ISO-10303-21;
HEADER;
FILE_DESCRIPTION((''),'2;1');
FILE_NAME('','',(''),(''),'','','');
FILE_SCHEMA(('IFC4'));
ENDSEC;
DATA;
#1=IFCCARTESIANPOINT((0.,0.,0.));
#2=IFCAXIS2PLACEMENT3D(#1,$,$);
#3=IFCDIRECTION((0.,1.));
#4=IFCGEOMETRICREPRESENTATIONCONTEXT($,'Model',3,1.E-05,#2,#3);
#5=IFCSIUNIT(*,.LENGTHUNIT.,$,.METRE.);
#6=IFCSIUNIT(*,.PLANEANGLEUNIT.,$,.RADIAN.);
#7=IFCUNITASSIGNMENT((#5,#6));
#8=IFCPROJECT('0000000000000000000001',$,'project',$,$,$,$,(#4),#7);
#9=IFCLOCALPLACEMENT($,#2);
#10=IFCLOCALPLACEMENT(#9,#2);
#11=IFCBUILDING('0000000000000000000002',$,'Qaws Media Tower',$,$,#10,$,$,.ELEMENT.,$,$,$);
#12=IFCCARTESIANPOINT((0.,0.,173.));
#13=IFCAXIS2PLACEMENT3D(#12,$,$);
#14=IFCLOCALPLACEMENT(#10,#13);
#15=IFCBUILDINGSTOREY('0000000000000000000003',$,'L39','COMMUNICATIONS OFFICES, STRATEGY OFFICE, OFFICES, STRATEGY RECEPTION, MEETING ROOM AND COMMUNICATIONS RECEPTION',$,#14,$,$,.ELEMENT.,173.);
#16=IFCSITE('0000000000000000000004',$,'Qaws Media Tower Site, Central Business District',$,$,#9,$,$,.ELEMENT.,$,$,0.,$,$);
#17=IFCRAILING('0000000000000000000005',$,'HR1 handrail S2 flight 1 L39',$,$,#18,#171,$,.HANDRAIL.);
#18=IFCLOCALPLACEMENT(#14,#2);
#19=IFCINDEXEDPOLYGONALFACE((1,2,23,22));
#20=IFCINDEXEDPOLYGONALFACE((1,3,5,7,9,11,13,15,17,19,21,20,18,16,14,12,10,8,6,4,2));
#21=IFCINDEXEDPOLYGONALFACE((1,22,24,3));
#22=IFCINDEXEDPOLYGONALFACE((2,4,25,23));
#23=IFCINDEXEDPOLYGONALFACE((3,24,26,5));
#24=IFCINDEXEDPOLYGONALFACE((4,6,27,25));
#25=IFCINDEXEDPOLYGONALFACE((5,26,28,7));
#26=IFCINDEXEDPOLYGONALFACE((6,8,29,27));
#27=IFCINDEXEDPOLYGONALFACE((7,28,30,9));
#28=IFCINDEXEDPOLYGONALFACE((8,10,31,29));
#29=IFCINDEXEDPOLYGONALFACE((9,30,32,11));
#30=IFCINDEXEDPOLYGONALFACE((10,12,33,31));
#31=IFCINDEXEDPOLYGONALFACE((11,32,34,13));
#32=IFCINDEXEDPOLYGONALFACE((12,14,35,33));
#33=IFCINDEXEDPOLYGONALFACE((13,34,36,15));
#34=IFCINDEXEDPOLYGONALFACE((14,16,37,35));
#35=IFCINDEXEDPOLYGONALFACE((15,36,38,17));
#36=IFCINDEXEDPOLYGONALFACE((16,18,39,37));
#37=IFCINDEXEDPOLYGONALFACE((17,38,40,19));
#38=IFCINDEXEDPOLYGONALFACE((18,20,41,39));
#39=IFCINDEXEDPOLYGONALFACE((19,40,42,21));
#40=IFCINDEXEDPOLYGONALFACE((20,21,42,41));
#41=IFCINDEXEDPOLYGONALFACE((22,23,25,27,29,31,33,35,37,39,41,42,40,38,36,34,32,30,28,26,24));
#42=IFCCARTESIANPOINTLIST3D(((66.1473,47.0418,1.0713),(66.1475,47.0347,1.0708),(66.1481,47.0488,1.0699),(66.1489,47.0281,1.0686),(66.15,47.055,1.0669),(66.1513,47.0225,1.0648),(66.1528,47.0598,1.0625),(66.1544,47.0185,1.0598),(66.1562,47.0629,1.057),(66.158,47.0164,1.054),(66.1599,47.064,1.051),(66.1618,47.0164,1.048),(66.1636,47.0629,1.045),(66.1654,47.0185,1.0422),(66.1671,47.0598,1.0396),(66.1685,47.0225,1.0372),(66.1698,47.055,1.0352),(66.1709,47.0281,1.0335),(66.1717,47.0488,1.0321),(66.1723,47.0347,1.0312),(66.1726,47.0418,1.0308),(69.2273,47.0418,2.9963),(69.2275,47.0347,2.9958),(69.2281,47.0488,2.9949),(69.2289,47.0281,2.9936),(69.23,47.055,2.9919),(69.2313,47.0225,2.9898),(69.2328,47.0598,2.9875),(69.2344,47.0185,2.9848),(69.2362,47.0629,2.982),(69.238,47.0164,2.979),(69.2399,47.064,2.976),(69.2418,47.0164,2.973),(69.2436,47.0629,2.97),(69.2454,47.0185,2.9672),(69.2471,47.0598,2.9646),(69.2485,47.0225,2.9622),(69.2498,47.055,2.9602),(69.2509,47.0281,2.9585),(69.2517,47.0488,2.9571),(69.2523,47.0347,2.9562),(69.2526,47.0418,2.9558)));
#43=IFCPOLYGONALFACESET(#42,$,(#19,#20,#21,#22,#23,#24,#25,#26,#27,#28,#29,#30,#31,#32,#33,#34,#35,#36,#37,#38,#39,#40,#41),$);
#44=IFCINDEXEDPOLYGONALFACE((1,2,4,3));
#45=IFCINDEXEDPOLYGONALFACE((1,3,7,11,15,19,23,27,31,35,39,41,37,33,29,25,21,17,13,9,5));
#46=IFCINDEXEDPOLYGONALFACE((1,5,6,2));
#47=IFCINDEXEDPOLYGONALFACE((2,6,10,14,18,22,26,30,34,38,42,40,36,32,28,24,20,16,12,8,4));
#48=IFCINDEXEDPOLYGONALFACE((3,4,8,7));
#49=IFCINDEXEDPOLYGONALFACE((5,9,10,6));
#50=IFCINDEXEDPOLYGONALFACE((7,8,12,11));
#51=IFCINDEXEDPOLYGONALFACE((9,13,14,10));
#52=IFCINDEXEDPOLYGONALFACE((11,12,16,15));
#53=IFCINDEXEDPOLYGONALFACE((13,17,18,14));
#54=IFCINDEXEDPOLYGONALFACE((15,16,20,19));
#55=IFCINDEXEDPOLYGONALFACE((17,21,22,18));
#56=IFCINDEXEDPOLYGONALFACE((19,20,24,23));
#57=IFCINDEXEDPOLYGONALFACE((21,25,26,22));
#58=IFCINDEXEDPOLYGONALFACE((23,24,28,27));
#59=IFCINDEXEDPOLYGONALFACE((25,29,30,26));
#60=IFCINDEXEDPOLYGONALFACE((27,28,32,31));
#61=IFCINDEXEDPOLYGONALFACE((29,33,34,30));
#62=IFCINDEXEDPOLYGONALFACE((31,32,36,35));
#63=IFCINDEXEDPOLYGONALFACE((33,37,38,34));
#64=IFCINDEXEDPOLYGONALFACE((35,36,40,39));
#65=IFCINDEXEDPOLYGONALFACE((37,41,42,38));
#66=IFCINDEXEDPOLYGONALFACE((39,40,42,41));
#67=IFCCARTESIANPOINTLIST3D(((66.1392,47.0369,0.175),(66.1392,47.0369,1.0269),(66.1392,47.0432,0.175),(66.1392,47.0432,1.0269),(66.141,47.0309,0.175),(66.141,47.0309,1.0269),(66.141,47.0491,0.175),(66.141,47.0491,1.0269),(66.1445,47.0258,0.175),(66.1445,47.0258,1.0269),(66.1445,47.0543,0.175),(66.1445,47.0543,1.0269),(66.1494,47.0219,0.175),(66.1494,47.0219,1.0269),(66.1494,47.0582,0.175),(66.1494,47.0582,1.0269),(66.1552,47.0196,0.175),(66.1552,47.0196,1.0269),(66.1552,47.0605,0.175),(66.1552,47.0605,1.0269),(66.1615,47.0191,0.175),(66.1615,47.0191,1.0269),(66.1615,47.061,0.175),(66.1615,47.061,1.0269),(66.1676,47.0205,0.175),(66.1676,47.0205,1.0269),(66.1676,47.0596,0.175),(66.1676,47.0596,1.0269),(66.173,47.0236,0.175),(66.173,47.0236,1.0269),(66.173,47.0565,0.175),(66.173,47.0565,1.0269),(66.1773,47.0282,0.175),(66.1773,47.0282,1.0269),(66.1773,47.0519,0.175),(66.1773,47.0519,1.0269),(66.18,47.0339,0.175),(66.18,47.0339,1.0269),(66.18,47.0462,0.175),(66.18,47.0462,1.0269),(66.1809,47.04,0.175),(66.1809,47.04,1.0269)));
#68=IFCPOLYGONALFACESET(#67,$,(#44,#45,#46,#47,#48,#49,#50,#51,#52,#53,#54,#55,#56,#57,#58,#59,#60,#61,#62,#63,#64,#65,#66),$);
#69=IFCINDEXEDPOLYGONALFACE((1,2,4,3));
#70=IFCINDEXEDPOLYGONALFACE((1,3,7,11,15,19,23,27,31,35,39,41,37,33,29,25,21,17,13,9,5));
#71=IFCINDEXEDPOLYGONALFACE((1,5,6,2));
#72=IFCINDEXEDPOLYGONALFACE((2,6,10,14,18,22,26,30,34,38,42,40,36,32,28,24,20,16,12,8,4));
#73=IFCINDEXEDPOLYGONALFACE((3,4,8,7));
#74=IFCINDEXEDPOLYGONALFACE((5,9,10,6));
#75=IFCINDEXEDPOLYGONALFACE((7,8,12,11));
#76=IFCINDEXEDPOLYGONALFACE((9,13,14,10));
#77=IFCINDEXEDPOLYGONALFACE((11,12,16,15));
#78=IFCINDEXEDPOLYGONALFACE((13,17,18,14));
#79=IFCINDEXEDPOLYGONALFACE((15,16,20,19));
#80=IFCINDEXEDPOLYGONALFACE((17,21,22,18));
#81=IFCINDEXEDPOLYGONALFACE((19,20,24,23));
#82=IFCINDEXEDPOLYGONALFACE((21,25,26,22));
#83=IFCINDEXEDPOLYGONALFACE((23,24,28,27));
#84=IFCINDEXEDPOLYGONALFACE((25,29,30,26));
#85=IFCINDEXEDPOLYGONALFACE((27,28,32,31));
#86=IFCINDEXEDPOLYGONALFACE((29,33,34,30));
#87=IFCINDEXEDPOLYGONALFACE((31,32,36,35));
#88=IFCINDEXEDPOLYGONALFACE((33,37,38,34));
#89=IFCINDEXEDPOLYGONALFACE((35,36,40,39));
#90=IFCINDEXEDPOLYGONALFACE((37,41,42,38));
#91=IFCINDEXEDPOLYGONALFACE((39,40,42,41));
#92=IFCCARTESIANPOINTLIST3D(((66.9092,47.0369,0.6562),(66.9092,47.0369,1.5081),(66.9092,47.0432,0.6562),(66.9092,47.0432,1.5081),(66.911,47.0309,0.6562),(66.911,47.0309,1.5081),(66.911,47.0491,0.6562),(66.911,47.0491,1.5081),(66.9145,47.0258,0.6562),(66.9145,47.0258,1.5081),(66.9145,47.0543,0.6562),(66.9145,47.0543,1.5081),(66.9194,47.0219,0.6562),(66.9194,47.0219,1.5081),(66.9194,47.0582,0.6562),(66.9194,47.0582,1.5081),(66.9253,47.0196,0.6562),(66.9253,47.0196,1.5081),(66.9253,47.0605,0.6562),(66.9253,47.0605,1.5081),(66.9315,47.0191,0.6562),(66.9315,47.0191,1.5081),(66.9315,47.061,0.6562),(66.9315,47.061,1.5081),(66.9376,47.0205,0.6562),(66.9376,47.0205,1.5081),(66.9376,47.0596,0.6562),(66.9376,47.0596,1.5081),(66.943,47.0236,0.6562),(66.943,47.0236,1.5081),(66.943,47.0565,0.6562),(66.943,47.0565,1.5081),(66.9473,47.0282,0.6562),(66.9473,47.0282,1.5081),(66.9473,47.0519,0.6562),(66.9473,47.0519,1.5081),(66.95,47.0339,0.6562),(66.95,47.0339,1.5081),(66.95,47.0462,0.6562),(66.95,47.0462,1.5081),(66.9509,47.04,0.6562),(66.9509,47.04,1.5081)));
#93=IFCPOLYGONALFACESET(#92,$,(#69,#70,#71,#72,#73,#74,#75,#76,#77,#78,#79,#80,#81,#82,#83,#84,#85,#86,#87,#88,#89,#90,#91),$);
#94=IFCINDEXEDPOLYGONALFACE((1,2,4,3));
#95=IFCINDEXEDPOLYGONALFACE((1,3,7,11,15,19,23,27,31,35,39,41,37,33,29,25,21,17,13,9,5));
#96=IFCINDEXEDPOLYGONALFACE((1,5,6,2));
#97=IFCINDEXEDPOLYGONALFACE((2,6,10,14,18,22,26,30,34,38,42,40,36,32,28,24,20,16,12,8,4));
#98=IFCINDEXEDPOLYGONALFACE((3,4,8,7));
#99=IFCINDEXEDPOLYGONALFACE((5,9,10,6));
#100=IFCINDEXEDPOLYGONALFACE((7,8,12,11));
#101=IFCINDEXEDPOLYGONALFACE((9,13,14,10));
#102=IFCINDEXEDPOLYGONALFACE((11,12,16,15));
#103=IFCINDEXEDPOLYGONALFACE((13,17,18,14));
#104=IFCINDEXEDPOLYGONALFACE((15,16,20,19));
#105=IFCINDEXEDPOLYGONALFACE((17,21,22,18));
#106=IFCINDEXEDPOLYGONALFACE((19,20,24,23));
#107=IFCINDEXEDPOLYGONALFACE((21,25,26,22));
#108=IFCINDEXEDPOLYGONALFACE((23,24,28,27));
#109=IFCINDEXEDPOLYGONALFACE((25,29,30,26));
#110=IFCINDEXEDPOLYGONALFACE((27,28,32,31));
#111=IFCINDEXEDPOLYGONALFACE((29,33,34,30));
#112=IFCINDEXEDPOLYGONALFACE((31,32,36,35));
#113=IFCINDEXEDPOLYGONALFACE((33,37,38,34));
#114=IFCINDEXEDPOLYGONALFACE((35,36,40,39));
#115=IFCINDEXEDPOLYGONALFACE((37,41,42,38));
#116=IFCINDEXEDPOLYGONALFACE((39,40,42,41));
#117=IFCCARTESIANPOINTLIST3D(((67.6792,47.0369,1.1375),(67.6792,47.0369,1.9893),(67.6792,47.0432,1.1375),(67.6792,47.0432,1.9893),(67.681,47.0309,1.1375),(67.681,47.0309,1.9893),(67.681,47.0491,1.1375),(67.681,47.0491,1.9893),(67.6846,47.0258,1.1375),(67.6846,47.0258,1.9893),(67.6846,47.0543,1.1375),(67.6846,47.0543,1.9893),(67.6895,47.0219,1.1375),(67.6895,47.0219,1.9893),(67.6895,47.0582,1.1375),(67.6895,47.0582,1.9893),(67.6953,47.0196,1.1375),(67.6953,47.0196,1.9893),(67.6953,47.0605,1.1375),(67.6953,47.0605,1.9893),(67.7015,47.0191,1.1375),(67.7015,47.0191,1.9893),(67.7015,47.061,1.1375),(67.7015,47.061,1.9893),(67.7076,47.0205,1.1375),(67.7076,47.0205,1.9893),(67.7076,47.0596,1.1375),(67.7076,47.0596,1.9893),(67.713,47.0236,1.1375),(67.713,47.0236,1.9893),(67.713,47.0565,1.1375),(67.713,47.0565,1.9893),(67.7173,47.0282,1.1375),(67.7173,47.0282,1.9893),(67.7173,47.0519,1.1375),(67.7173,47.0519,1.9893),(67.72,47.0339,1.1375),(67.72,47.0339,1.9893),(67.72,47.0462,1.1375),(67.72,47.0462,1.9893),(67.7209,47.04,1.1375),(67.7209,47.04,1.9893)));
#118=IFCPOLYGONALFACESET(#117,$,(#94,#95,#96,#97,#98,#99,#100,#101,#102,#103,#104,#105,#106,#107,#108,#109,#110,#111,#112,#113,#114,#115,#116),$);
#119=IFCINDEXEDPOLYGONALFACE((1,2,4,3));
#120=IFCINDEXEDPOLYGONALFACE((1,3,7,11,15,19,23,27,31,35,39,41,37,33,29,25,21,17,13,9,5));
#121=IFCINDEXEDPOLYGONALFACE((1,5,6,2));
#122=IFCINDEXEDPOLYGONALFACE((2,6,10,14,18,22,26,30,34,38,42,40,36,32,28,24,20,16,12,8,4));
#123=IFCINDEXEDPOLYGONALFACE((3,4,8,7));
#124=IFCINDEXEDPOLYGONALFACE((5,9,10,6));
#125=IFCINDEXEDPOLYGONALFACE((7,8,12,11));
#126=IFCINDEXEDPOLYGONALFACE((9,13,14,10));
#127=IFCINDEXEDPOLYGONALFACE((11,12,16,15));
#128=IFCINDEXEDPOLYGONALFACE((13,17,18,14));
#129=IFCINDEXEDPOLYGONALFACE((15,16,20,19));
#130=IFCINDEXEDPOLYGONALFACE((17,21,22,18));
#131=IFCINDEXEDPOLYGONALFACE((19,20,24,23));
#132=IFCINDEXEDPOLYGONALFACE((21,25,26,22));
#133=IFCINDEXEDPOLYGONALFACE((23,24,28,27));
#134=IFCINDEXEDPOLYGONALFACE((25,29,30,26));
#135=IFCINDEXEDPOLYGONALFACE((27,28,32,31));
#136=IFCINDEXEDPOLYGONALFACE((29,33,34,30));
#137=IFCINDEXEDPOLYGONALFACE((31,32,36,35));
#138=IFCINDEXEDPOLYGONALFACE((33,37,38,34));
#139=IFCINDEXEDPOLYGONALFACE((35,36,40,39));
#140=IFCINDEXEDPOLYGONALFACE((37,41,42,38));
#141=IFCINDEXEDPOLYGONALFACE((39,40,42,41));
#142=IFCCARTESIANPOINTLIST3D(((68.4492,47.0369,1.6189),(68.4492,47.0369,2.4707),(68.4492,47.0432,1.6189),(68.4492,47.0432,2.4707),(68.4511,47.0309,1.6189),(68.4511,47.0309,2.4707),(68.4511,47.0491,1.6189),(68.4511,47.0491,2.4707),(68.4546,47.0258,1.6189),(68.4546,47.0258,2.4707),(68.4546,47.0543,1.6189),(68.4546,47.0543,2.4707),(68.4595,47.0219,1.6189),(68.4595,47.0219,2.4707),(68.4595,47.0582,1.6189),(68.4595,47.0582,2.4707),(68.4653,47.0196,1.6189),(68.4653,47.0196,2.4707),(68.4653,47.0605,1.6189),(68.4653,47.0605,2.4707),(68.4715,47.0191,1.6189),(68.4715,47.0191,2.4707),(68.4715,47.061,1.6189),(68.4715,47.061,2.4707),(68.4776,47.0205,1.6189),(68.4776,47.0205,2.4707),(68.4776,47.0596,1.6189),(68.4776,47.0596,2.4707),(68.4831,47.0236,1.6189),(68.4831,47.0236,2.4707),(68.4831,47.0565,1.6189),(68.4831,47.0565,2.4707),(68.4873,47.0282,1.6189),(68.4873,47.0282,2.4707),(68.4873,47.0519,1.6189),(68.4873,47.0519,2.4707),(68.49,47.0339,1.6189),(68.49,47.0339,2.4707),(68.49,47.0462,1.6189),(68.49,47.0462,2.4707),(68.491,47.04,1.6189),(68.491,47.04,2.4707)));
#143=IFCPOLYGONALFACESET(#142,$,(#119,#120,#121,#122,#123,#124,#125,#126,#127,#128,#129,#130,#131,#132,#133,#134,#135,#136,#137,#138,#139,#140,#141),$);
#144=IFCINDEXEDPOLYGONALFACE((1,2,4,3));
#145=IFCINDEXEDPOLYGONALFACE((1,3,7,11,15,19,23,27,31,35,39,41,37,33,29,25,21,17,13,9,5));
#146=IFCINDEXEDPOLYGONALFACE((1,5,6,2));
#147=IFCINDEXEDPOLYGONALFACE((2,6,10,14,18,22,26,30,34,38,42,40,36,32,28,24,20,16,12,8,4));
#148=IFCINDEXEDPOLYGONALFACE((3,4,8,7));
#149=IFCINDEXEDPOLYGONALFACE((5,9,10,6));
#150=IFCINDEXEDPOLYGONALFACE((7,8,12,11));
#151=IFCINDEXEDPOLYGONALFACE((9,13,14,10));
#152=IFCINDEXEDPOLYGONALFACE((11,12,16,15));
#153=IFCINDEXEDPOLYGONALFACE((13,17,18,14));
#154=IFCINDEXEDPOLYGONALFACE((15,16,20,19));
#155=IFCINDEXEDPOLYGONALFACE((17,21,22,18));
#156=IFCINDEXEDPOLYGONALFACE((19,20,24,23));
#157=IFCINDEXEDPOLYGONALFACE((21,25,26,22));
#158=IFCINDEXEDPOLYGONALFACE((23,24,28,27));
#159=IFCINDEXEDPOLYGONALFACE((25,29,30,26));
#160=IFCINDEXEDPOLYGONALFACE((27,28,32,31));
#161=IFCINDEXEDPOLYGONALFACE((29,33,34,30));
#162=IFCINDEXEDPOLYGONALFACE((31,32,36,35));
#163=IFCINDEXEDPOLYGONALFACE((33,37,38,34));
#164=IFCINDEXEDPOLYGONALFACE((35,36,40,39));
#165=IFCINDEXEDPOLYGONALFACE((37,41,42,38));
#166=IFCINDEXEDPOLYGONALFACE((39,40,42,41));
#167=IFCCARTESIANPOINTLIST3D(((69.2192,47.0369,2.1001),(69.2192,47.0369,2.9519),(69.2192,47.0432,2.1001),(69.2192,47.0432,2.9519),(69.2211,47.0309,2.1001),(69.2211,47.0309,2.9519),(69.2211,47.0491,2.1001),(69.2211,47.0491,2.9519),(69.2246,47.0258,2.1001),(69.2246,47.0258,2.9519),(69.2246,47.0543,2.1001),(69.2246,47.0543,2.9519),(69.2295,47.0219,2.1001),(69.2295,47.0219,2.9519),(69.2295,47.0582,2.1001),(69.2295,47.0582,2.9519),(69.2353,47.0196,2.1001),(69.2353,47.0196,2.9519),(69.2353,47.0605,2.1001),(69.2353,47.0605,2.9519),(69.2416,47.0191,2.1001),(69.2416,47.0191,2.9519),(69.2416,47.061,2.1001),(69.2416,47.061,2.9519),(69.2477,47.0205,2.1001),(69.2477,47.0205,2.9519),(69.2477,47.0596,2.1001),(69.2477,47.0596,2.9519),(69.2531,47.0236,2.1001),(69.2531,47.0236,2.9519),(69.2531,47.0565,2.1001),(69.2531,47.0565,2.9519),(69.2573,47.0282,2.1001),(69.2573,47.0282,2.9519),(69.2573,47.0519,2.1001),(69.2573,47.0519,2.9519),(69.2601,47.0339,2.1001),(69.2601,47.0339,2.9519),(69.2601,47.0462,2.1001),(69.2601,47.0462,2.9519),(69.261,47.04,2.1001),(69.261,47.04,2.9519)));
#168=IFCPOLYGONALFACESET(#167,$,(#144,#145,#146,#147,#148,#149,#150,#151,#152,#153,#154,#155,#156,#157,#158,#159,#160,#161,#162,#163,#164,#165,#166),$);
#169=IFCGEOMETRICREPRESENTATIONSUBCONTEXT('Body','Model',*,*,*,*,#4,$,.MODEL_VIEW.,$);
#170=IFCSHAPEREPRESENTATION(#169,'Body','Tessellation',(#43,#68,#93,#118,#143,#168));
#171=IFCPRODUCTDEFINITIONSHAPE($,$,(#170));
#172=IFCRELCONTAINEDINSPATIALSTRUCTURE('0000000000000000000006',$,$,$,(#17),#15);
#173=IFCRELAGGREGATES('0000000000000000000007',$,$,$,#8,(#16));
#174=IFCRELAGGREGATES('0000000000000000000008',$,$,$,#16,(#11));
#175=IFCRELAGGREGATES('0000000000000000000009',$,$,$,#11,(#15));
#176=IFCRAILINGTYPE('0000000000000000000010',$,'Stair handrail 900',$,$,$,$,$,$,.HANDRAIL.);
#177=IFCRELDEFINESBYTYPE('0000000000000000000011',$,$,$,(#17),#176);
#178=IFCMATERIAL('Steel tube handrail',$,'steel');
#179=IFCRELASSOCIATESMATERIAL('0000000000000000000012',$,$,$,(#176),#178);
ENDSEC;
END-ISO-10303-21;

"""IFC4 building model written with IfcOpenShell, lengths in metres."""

from ifc_helpers import new_model, si_unit, direction, frame, origin, origin_2d, place, context, subcontext, project, spatial, circle, extrude, material, type_object, element, save


model = new_model("IFC4")

# Units and contexts
model_context = context("Model", 3, precision=1e-05, world=origin(), true_north=direction((0.0, 1.0)))
body_context = subcontext(model_context, "Body", "Model", "MODEL_VIEW")
ifc_project = project(units=[si_unit("LENGTHUNIT", "METRE"), si_unit("PLANEANGLEUNIT", "RADIAN")], contexts=[model_context])

# Site, building, storey
site_placement = place(None, origin())
site = spatial("IfcSite", under=ifc_project, at=site_placement, Name="Qaws Media Tower Site, Central Business District", CompositionType="ELEMENT", RefElevation=0.0)
building_placement = place(site_placement, origin())
building = spatial("IfcBuilding", under=site, at=building_placement, Name="Qaws Media Tower", CompositionType="ELEMENT")
storey_placement = place(building_placement, frame((0.0, 0.0, 173.0)))
storey = spatial("IfcBuildingStorey", under=building, at=storey_placement, Name="L39", Description="COMMUNICATIONS OFFICES, STRATEGY OFFICE, OFFICES, STRATEGY RECEPTION, MEETING ROOM AND COMMUNICATIONS RECEPTION", CompositionType="ELEMENT", Elevation=173.0)

# Railing
ifc_material_1 = material(Name="Steel tube handrail", Category="steel")
railing_type = type_object("IfcRailingType", Name="Stair handrail 900", PredefinedType="HANDRAIL", material=ifc_material_1)
for number, where, name in (
    (1, (66.1599, 47.04, 0.175), "HR1 handrail S2 flight 1 L39"),
):
    element("IfcRailing", number, at=place(storey_placement, frame(where)), inside=storey, type_object=railing_type, Name=name, PredefinedType="HANDRAIL", context=body_context, shape_type="SweptSolid", body=[
        extrude(circle(Radius=0.0239, at=origin_2d()), frame((0.0, 0.0, 0.876), z_axis=(0.847998, 0.0, 0.529999), x_axis=(0.0, 1.0, 0.0)), (0.0, 0.0, 1.0), 3.6321),
        extrude(circle(Radius=0.021, at=origin_2d()), origin(), (0.0, 0.0, 1.0), 0.8518),
        extrude(circle(Radius=0.021, at=origin_2d()), frame((0.77, 0.0, 0.4812)), (0.0, 0.0, 1.0), 0.8518),
        extrude(circle(Radius=0.021, at=origin_2d()), frame((1.54, 0.0, 0.9624)), (0.0, 0.0, 1.0), 0.8518),
        extrude(circle(Radius=0.021, at=origin_2d()), frame((2.3101, 0.0, 1.4438)), (0.0, 0.0, 1.0), 0.8518),
        extrude(circle(Radius=0.021, at=origin_2d()), frame((3.0801, 0.0, 1.925)), (0.0, 0.0, 1.0), 0.8518),
    ])

save(model, "model.ifc")
